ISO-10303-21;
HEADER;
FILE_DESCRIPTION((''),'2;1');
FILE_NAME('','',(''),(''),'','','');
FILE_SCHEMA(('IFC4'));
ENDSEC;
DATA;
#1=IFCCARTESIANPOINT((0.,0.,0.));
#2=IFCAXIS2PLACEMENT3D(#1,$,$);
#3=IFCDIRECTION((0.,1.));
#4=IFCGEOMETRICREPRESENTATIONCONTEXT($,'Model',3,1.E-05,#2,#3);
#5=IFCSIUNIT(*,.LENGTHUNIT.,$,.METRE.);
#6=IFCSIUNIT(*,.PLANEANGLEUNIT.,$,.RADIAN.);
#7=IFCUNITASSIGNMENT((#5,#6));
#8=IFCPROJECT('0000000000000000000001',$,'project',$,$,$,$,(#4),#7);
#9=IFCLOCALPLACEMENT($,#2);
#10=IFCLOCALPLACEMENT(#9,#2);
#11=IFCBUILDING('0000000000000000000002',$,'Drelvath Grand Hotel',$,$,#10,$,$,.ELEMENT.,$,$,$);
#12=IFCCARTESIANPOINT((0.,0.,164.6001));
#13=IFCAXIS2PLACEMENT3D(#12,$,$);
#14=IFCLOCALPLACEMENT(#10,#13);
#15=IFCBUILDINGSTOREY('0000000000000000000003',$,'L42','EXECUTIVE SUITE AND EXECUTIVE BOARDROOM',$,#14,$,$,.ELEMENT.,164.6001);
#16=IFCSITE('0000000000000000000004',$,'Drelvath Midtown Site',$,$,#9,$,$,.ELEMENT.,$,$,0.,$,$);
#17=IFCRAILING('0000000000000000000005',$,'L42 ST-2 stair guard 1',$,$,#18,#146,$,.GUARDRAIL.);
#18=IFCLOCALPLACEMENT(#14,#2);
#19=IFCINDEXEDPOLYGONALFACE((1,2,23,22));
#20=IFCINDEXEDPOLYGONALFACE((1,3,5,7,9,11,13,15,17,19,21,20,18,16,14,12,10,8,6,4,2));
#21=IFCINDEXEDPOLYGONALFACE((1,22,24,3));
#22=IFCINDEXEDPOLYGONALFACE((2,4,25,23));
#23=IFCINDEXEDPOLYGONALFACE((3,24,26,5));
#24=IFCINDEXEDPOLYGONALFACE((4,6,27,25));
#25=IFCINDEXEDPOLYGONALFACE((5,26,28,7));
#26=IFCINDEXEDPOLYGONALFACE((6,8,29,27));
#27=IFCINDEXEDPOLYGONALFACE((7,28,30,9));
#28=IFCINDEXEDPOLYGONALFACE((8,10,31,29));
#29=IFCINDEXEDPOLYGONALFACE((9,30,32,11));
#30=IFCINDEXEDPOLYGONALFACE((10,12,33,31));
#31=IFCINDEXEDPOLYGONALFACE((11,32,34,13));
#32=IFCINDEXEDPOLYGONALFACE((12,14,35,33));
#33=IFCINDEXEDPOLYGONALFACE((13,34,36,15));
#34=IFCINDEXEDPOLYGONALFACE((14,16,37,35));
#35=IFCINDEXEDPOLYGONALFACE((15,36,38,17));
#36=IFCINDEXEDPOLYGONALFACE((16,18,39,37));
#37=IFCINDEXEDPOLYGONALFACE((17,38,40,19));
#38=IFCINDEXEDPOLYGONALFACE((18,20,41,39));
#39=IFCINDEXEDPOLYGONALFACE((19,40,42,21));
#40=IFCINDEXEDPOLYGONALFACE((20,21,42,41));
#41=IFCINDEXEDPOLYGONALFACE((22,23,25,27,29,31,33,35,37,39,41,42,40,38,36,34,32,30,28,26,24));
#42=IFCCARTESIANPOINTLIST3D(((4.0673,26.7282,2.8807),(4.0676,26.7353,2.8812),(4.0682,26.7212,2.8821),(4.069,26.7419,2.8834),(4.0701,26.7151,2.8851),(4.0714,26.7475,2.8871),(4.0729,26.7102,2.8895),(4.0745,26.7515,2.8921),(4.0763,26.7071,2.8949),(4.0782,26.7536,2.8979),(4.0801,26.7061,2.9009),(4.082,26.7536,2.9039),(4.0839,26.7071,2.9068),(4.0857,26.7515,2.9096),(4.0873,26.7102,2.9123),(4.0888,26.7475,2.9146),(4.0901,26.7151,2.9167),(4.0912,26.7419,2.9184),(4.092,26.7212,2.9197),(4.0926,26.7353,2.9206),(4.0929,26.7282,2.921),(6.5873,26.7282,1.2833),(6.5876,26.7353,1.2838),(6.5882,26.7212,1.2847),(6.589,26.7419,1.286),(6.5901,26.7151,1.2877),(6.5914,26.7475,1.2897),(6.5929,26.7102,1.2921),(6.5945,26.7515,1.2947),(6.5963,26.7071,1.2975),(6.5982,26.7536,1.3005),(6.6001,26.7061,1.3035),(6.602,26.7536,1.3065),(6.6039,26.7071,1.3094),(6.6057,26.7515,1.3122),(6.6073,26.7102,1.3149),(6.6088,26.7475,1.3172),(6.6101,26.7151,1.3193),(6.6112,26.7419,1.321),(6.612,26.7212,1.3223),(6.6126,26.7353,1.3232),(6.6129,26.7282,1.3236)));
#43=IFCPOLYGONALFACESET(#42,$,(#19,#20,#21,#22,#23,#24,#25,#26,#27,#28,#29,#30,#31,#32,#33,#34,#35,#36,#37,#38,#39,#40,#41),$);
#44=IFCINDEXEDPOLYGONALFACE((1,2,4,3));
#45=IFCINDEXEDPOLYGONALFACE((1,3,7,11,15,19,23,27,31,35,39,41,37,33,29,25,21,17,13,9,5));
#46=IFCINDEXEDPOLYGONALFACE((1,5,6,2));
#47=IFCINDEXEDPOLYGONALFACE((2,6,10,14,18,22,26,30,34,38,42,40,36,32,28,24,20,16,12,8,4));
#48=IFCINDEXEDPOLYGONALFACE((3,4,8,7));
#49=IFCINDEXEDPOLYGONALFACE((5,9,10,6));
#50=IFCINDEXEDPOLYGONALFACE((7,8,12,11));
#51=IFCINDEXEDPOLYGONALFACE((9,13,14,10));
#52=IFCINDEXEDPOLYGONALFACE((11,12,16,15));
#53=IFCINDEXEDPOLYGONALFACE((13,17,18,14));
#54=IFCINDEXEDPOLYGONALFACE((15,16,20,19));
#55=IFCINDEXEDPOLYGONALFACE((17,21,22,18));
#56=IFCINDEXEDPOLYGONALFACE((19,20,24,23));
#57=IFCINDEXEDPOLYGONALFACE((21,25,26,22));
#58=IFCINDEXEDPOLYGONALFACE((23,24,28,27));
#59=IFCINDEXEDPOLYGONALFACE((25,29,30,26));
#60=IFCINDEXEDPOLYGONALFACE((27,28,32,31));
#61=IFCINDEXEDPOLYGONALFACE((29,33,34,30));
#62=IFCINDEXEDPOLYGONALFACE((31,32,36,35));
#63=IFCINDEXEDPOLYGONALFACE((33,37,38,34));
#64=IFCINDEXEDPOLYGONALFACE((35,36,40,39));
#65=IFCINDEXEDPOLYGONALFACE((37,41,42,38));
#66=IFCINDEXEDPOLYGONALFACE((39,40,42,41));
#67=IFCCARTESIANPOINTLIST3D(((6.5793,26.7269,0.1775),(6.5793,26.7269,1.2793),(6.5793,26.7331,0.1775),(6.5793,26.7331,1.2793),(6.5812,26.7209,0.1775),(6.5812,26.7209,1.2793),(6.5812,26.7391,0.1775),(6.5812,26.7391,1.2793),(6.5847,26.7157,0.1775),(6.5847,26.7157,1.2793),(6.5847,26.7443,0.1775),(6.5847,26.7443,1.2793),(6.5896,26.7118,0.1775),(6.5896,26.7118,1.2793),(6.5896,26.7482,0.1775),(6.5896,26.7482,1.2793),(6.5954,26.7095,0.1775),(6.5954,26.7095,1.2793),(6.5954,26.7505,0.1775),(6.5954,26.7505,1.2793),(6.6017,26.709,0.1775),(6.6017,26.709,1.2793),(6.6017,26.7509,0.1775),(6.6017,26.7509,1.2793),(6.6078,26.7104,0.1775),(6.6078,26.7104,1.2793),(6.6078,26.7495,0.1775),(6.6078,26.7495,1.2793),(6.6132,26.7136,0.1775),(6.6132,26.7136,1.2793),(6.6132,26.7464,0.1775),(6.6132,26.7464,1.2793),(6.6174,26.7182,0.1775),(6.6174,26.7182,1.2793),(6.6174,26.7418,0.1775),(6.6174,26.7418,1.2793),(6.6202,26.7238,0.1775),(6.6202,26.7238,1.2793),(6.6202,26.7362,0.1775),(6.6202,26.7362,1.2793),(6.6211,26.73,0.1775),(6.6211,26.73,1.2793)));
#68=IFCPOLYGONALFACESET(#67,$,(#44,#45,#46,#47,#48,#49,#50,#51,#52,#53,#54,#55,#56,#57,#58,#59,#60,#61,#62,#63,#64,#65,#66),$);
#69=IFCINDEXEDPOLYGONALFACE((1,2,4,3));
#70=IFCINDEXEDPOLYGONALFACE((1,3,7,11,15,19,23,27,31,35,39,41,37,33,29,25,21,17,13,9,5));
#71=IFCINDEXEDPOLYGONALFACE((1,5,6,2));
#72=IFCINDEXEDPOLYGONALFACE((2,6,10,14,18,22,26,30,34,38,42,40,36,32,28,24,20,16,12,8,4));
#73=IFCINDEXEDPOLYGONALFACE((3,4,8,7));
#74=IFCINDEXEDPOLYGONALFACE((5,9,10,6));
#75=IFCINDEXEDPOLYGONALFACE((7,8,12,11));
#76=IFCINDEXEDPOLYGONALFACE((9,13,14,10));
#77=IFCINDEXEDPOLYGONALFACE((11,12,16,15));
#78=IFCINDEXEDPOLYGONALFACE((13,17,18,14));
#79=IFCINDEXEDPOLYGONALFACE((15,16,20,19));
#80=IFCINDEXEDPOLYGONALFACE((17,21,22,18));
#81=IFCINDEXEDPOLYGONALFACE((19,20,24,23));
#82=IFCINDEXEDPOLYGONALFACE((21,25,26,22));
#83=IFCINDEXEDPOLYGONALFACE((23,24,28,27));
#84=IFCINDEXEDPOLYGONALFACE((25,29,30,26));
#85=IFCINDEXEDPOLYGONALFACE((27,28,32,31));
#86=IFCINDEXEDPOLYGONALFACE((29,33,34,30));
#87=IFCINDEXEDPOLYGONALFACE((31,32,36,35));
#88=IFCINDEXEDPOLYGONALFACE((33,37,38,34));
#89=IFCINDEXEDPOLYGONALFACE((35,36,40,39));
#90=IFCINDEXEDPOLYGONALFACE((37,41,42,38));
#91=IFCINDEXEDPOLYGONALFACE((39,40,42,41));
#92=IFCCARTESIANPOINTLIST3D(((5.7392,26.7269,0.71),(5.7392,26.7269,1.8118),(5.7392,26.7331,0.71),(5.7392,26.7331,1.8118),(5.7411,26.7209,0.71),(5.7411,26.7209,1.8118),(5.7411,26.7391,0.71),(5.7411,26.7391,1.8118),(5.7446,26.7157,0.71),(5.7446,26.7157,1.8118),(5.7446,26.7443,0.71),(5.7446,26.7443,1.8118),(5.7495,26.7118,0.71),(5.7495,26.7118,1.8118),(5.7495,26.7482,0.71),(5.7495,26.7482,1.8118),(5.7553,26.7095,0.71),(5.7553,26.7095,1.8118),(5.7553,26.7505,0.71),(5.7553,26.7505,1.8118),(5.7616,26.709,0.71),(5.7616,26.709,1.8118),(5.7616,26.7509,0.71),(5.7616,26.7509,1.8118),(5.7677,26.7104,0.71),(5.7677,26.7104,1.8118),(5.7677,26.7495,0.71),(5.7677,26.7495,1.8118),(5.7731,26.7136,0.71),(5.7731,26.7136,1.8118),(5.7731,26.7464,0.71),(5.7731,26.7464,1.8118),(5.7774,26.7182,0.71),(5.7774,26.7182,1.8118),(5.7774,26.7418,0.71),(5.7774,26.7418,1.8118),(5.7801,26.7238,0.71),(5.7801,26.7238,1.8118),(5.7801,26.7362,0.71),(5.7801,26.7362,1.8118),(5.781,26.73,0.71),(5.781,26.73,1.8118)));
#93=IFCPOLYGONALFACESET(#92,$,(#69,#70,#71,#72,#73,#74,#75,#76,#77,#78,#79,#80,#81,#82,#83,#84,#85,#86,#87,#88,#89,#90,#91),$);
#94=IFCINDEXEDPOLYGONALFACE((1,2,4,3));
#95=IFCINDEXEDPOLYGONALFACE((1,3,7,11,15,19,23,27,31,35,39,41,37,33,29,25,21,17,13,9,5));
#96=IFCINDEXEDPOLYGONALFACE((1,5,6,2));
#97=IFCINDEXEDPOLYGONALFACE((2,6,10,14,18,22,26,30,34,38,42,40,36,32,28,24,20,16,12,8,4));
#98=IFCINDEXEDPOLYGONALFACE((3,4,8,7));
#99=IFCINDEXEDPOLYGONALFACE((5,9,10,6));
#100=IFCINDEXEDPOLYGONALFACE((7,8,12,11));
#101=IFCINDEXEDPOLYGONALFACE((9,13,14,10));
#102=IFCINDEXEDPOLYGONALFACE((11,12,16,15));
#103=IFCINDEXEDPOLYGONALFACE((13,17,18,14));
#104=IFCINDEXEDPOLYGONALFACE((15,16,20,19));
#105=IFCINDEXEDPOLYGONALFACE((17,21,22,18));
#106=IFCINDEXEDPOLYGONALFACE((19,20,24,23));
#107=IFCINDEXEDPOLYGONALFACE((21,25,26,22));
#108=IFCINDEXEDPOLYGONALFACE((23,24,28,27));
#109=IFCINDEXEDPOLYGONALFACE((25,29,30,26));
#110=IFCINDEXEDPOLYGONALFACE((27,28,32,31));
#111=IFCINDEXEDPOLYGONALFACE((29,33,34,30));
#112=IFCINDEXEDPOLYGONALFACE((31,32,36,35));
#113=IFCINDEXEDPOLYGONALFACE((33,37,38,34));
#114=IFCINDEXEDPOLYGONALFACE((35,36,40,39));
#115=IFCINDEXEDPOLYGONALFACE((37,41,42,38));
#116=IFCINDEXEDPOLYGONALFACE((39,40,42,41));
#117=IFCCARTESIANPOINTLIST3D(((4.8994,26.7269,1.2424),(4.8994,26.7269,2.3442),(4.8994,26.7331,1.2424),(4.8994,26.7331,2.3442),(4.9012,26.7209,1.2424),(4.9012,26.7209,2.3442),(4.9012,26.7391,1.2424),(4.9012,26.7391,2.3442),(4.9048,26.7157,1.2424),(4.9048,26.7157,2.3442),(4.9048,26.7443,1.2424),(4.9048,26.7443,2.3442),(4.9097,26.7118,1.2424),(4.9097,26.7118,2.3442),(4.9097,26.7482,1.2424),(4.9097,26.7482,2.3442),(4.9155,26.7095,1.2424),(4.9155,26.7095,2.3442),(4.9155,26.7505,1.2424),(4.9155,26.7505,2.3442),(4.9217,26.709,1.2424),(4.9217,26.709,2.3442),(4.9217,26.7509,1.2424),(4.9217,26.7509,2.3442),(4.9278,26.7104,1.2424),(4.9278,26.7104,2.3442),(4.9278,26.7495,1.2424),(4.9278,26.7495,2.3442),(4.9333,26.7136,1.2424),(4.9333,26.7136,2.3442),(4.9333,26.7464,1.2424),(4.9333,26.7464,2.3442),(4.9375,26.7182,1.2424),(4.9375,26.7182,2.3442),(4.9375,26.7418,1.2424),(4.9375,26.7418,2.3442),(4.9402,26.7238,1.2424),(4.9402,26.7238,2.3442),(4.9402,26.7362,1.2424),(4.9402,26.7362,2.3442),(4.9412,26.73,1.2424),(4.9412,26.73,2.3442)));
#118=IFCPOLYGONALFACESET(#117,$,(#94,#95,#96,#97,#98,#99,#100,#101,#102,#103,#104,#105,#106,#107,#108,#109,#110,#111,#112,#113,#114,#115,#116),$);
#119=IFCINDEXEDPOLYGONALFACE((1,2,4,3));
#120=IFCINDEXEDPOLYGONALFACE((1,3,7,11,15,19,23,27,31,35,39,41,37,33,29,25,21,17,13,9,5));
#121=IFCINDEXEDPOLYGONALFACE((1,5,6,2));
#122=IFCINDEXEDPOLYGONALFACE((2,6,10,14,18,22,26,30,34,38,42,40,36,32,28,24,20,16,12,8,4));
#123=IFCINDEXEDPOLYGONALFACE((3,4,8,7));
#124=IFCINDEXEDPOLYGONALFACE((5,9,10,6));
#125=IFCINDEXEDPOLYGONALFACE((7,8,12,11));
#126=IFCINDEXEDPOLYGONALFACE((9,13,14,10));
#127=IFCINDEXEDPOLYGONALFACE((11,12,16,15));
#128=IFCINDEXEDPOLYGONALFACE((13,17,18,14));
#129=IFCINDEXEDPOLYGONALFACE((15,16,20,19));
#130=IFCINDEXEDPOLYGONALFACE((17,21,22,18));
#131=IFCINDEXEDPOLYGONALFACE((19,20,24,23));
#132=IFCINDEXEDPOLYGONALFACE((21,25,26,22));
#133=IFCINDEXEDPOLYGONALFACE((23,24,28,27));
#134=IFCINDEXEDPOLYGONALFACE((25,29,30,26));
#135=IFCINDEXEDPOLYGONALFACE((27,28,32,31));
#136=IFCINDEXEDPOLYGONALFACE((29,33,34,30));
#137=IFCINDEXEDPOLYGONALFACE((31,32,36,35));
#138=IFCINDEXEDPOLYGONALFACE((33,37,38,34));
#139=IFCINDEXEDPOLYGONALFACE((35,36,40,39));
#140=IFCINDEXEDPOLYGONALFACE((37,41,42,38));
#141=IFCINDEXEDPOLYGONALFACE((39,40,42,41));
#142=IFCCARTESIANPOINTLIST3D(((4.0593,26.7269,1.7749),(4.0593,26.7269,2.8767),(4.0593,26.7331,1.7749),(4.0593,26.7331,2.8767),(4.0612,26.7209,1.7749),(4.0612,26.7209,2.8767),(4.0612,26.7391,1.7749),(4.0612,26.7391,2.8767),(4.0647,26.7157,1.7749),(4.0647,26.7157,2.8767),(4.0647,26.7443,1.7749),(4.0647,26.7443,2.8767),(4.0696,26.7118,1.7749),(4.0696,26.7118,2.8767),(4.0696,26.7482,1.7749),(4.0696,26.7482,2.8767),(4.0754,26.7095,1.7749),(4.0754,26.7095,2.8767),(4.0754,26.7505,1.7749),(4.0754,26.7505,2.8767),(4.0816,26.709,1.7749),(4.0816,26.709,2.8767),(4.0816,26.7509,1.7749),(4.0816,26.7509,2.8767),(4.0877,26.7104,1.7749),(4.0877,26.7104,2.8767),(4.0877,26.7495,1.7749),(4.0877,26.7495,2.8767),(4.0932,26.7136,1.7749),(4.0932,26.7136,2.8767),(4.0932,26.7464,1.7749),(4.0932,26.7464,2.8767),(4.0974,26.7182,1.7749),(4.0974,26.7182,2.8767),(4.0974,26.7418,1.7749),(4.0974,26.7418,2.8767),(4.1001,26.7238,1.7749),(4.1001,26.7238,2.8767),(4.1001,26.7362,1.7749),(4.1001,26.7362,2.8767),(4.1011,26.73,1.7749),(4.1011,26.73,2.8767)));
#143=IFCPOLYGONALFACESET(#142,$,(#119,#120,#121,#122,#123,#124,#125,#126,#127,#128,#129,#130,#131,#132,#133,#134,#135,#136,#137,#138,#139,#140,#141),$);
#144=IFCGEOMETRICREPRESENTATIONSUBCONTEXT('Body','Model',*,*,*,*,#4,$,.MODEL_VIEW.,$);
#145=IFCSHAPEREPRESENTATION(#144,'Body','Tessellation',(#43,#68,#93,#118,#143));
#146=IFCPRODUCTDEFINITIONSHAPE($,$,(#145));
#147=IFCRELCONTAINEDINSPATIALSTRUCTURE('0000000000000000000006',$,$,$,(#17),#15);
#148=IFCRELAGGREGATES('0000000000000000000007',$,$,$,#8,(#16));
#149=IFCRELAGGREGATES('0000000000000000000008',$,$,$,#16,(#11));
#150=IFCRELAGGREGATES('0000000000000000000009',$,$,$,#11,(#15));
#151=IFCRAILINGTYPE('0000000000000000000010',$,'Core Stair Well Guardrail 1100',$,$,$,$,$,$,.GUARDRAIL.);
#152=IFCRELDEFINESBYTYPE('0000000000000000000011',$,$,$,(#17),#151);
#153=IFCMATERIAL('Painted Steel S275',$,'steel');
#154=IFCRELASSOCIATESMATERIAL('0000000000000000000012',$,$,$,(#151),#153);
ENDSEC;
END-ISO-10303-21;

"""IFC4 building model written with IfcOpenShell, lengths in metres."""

from ifc_helpers import new_model, si_unit, direction, frame, origin, origin_2d, place, context, subcontext, project, spatial, circle, extrude, material, type_object, element, save


model = new_model("IFC4")

# Units and contexts
model_context = context("Model", 3, precision=1e-05, world=origin(), true_north=direction((0.0, 1.0)))
body_context = subcontext(model_context, "Body", "Model", "MODEL_VIEW")
ifc_project = project(units=[si_unit("LENGTHUNIT", "METRE"), si_unit("PLANEANGLEUNIT", "RADIAN")], contexts=[model_context])

# Site, building, storey
site_placement = place(None, origin())
site = spatial("IfcSite", under=ifc_project, at=site_placement, Name="Drelvath Midtown Site", CompositionType="ELEMENT", RefElevation=0.0)
building_placement = place(site_placement, origin())
building = spatial("IfcBuilding", under=site, at=building_placement, Name="Drelvath Grand Hotel", CompositionType="ELEMENT")
storey_placement = place(building_placement, frame((0.0, 0.0, 164.6001)))
storey = spatial("IfcBuildingStorey", under=building, at=storey_placement, Name="L42", Description="EXECUTIVE SUITE AND EXECUTIVE BOARDROOM", CompositionType="ELEMENT", Elevation=164.6001)

# Railing
ifc_material_1 = material(Name="Painted Steel S275", Category="steel")
railing_type_1 = type_object("IfcRailingType", Name="Core Stair Well Guardrail 1100", PredefinedType="GUARDRAIL", material=ifc_material_1)
railing_1_placement = place(storey_placement, frame((6.6001, 26.73, 0.1775)))
element("IfcRailing", 1, at=railing_1_placement, inside=storey, type_object=railing_type_1, Name="L42 ST-2 stair guard 1", PredefinedType="GUARDRAIL", context=body_context, shape_type="SweptSolid", body=[
    extrude(circle(Radius=0.0239, at=origin_2d()), frame((0.0, 0.0, 1.126), z_axis=(-0.844607, 0.0, 0.535387), x_axis=(0.0, -1.0, 0.0)), (0.0, 0.0, 1.0), 2.9836),
    extrude(circle(Radius=0.021, at=origin_2d()), origin(), (0.0, 0.0, 1.0), 1.1018),
    extrude(circle(Radius=0.021, at=origin_2d()), frame((-0.8401, 0.0, 0.5325)), (0.0, 0.0, 1.0), 1.1018),
    extrude(circle(Radius=0.021, at=origin_2d()), frame((-1.6799, 0.0, 1.0649)), (0.0, 0.0, 1.0), 1.1018),
    extrude(circle(Radius=0.021, at=origin_2d()), frame((-2.52, 0.0, 1.5974)), (0.0, 0.0, 1.0), 1.1018),
])

save(model, "model.ifc")
